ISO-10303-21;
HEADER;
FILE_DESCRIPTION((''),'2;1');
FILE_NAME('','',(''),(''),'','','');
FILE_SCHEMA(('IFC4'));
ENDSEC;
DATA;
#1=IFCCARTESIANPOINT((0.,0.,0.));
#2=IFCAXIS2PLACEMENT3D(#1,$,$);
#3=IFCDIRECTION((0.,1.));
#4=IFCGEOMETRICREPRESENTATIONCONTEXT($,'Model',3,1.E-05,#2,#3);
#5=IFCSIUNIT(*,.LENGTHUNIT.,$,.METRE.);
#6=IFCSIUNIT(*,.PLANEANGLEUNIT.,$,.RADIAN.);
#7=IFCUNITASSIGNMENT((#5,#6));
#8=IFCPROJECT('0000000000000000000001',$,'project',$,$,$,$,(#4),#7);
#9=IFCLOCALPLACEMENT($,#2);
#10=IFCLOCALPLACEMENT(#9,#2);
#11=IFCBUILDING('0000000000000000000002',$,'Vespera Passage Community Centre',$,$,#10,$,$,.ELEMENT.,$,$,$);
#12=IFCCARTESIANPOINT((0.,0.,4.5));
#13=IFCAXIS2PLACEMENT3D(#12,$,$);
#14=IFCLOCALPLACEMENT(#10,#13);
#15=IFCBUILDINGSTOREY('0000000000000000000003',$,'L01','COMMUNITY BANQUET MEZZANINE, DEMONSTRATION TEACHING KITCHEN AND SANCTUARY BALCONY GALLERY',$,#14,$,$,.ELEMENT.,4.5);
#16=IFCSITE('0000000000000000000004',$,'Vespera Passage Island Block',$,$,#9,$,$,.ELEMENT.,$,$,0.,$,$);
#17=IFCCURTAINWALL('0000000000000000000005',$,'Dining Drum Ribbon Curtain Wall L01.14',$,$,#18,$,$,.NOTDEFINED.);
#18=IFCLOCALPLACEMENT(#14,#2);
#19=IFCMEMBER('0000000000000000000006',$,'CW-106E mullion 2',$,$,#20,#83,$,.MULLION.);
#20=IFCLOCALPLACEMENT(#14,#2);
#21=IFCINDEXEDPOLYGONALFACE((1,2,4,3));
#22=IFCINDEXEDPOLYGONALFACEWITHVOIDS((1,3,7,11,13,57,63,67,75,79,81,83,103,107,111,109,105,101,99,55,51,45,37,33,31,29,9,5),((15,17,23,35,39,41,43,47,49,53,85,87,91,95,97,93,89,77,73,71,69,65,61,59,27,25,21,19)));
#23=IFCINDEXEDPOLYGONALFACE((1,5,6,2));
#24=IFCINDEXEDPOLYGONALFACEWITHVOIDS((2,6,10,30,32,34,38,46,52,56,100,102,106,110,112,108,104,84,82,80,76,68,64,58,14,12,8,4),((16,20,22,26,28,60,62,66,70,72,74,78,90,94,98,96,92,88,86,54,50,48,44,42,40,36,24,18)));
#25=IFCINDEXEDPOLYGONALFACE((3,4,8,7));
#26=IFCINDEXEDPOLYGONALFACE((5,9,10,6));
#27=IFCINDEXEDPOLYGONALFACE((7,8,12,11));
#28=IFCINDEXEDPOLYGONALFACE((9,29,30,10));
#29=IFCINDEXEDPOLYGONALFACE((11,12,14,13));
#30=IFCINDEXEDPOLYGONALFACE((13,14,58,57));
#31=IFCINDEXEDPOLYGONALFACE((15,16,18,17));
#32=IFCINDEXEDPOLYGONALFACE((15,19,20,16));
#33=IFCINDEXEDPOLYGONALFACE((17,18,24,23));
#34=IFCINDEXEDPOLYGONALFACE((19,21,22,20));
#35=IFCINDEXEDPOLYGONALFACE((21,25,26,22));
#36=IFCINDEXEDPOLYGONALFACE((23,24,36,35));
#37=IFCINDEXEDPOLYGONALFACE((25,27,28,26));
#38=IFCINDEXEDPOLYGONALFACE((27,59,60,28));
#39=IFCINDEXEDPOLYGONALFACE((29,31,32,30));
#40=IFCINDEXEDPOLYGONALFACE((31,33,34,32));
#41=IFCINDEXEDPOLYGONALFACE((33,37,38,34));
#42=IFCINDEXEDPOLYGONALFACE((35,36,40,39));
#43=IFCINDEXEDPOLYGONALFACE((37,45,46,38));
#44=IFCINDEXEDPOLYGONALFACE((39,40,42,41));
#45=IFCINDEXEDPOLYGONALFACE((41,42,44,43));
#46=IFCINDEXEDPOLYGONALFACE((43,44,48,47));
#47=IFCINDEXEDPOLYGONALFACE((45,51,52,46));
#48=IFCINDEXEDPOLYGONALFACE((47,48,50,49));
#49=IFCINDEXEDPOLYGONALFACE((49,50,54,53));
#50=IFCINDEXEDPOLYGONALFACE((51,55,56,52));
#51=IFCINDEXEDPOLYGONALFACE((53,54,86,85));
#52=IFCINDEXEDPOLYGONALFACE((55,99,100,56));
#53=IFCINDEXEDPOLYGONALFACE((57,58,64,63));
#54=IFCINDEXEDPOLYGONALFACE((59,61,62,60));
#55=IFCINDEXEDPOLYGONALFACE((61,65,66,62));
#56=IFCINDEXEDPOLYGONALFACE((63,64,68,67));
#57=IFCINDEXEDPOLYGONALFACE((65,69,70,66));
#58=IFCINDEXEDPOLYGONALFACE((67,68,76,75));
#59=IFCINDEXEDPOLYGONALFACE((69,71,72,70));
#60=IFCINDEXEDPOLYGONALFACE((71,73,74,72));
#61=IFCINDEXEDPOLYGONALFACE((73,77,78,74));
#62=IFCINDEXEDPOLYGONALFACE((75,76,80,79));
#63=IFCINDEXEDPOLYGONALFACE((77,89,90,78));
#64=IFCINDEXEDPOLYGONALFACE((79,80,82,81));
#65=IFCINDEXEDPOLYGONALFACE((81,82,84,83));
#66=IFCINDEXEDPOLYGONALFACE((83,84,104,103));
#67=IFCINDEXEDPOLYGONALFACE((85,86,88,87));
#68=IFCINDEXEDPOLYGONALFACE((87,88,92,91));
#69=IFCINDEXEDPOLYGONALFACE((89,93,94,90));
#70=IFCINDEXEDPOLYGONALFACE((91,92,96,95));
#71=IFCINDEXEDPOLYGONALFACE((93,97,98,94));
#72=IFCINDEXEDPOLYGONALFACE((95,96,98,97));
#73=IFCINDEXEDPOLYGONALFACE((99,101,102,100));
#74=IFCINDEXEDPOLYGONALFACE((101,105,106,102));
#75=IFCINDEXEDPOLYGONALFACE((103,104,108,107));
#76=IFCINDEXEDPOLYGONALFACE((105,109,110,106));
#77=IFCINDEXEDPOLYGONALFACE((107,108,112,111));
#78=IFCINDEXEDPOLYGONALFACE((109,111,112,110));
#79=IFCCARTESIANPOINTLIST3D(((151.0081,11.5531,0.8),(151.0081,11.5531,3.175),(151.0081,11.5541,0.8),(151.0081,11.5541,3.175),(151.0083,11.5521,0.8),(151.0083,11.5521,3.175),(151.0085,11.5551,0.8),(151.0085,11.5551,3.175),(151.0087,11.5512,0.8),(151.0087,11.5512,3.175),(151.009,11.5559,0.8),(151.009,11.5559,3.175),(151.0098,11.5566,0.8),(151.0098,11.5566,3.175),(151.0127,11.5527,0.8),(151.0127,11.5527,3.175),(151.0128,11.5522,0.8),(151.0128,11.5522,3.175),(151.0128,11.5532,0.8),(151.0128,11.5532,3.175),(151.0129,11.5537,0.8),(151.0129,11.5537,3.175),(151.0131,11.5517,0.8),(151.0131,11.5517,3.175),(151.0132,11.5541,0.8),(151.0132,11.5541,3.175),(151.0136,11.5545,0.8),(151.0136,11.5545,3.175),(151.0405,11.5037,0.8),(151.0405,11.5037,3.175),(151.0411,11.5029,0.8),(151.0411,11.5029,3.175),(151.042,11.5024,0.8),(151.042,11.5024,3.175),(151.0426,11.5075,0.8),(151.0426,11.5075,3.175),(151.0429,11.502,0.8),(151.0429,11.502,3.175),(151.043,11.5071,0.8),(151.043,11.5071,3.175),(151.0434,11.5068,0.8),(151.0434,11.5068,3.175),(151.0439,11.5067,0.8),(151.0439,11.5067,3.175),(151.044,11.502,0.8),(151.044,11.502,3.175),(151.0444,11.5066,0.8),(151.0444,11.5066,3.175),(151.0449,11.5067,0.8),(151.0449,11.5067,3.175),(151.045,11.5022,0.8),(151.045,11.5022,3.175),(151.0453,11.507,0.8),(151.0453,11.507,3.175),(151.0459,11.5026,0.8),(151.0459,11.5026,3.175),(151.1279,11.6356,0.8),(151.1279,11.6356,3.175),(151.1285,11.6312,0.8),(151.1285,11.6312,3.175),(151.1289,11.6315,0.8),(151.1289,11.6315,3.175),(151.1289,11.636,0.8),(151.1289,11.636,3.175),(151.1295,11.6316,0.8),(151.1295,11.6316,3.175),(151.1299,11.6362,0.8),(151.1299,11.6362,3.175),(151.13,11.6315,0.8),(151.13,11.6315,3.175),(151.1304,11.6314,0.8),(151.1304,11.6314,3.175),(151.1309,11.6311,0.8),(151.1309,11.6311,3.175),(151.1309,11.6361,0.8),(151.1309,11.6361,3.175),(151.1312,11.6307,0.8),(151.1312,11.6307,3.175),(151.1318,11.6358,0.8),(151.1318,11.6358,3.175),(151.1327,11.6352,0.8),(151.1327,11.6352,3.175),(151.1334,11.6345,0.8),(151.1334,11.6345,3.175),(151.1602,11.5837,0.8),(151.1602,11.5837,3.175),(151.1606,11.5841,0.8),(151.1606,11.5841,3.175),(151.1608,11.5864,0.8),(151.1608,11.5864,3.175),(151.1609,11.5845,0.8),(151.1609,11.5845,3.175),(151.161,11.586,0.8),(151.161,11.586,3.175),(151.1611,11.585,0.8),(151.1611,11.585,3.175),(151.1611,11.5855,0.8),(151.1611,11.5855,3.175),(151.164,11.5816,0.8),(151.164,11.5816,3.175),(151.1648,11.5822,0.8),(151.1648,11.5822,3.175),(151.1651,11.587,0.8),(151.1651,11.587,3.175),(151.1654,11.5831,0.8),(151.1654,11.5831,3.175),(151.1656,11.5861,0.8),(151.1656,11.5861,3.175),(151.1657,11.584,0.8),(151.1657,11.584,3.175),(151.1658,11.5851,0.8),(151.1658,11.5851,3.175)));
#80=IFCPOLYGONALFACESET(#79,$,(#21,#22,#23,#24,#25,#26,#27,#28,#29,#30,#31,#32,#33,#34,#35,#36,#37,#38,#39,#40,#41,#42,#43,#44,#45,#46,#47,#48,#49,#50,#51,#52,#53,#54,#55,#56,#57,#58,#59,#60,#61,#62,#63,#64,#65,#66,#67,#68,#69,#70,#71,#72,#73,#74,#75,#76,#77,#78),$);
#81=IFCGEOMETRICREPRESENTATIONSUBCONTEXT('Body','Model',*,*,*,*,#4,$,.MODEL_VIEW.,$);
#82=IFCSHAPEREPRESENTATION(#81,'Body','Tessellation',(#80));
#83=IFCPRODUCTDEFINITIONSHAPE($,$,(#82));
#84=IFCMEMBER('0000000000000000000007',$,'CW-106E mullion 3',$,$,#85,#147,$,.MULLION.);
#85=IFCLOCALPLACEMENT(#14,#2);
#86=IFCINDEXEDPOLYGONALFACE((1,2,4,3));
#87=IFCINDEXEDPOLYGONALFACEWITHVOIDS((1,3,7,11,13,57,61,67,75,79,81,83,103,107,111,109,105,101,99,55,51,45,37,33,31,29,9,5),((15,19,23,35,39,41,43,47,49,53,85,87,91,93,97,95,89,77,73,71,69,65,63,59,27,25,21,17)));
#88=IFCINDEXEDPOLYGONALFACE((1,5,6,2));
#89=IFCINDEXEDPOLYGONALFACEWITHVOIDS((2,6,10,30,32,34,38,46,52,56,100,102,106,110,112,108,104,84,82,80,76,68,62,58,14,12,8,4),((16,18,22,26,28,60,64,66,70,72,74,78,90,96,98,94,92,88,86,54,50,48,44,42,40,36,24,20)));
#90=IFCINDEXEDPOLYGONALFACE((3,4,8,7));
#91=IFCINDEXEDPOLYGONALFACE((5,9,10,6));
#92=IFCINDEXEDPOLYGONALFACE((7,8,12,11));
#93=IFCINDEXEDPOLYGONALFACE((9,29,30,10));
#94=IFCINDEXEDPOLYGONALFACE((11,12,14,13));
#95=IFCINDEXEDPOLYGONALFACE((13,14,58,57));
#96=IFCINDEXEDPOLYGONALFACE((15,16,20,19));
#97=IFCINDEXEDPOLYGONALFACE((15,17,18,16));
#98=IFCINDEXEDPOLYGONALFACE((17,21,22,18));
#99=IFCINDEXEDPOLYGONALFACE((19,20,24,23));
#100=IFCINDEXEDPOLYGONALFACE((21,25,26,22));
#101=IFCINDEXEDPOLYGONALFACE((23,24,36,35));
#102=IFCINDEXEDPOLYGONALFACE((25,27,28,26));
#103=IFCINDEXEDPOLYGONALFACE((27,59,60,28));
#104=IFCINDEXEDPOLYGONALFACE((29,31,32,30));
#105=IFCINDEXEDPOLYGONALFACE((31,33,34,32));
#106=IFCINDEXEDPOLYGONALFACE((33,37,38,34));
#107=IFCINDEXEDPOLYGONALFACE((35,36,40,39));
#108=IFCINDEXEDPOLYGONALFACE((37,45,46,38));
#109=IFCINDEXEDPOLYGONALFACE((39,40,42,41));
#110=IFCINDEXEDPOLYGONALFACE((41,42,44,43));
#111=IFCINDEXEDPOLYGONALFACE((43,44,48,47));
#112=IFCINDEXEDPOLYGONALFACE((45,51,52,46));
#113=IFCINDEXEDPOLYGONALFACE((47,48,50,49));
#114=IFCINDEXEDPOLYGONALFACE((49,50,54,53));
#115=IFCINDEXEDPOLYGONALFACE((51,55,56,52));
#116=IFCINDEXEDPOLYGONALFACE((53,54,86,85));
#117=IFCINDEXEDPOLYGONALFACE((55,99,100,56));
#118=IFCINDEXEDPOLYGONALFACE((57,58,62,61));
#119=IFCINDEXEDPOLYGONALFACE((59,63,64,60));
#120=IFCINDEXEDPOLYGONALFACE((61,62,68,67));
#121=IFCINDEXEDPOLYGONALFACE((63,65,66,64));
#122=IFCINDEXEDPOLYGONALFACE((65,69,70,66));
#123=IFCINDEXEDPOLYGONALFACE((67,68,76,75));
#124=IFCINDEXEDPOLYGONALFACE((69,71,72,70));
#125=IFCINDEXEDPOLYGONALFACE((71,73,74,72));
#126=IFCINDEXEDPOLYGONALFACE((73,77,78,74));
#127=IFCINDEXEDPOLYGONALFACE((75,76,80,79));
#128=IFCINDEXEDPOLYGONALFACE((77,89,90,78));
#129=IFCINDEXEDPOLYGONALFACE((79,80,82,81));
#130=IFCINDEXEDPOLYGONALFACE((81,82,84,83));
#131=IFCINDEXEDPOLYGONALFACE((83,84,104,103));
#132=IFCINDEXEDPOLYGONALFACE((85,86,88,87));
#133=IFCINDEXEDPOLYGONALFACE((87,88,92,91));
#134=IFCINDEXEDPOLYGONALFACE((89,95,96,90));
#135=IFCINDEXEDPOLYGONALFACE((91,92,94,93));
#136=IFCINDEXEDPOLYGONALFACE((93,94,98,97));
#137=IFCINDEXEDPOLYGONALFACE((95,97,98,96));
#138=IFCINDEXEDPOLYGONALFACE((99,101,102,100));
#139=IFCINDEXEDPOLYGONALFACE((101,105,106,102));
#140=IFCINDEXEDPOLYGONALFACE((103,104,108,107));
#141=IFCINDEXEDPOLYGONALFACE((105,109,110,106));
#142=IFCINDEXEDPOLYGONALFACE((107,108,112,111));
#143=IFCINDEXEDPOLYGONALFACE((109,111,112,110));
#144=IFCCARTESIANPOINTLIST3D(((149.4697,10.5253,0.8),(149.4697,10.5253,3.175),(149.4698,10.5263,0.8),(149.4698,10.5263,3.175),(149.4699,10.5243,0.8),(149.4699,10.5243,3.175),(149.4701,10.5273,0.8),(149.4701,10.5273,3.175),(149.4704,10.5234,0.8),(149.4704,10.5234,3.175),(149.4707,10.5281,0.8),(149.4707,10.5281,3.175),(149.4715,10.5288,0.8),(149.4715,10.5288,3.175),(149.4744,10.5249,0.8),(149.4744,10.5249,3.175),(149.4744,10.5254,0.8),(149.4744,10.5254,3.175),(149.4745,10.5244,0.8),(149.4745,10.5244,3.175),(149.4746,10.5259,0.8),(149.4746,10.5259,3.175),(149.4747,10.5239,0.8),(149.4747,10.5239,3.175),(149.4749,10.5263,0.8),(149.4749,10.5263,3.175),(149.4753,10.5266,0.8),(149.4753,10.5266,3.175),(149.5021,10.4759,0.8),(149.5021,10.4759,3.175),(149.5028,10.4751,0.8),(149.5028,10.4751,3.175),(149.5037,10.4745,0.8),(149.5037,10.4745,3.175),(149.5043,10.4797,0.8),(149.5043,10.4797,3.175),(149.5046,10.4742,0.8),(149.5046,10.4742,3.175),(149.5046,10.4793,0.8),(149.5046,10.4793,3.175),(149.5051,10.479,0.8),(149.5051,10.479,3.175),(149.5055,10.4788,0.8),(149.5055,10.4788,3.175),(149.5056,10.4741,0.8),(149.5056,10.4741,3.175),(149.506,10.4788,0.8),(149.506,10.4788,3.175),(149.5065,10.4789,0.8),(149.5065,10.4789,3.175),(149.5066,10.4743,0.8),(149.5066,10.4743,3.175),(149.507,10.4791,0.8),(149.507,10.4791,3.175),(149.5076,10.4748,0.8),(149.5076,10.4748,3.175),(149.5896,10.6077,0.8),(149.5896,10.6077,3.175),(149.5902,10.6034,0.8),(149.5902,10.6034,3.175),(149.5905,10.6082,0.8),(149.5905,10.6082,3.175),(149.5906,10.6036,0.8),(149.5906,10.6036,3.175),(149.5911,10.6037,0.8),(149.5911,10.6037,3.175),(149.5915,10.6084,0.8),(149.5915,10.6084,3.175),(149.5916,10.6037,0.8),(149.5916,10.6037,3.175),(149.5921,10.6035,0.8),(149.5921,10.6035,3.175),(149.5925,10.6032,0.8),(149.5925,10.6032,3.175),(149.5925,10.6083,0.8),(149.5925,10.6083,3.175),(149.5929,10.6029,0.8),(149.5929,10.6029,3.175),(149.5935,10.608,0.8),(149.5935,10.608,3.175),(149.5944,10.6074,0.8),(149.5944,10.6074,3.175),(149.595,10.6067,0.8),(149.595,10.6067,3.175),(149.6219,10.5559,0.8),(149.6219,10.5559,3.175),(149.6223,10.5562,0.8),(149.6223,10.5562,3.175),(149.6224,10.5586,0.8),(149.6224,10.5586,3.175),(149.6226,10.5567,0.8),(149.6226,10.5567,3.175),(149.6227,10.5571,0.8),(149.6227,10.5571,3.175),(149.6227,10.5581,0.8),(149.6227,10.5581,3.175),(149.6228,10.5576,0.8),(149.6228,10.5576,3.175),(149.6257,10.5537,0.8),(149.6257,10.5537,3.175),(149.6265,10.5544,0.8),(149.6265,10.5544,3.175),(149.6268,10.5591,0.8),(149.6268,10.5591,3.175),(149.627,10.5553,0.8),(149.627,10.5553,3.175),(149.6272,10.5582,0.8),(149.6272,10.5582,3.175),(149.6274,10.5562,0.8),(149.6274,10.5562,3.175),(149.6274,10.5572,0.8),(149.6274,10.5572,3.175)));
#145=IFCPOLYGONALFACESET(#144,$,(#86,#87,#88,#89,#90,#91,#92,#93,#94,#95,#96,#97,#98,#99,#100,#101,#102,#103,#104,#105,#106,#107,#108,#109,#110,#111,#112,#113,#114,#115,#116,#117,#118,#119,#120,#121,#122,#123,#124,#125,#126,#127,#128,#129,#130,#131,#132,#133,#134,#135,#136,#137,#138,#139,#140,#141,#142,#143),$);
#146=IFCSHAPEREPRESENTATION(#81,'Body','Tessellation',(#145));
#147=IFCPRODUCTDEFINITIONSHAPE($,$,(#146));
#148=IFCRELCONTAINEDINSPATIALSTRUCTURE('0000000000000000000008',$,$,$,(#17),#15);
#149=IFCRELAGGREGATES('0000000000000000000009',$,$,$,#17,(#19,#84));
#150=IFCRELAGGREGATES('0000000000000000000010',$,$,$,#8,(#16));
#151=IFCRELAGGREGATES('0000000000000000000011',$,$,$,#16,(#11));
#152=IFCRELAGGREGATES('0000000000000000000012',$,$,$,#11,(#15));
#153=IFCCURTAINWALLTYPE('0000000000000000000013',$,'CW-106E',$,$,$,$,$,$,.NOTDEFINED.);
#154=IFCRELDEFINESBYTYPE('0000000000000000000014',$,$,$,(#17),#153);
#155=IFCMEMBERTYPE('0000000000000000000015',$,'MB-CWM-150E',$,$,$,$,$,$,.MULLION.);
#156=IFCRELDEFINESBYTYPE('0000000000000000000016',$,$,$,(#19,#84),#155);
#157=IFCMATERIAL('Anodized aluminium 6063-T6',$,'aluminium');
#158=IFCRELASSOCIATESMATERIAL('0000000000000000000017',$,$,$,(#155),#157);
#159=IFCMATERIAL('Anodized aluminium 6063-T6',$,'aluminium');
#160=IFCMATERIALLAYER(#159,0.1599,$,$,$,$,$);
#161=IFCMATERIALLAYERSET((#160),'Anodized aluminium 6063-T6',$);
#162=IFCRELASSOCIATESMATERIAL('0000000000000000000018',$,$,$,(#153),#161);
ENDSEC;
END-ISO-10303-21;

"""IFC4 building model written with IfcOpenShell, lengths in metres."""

from ifc_helpers import new_model, si_unit, direction, frame, origin, origin_2d, place, context, subcontext, project, spatial, hollow_rectangle, extrude, material, layer, layer_set, material_profile, profile_set, type_object, element, aggregate, save


model = new_model("IFC4")

# Units and contexts
model_context = context("Model", 3, precision=1e-05, world=origin(), true_north=direction((0.0, 1.0)))
body_context = subcontext(model_context, "Body", "Model", "MODEL_VIEW")
ifc_project = project(units=[si_unit("LENGTHUNIT", "METRE"), si_unit("PLANEANGLEUNIT", "RADIAN")], contexts=[model_context])

# Site, building, storey
site_placement = place(None, origin())
site = spatial("IfcSite", under=ifc_project, at=site_placement, Name="Vespera Passage Island Block", CompositionType="ELEMENT", RefElevation=0.0)
building_placement = place(site_placement, origin())
building = spatial("IfcBuilding", under=site, at=building_placement, Name="Vespera Passage Community Centre", CompositionType="ELEMENT")
storey_placement = place(building_placement, frame((0.0, 0.0, 4.5)))
storey = spatial("IfcBuildingStorey", under=building, at=storey_placement, Name="L01", Description="COMMUNITY BANQUET MEZZANINE, DEMONSTRATION TEACHING KITCHEN AND SANCTUARY BALCONY GALLERY", CompositionType="ELEMENT", Elevation=4.5)

# Shared definitions
ifc_material_1 = material(Name="Anodized aluminium 6063-T6", Category="aluminium")
ifc_material_profile_1 = material_profile(ifc_material_1, hollow_rectangle(XDim=0.0649, YDim=0.1499, WallThickness=0.0039, InnerFilletRadius=0.002, OuterFilletRadius=0.0039, at=origin_2d()), Name="ALU150X65X4")
ifc_profile_set_1 = profile_set([ifc_material_profile_1], Name="Anodized aluminium 6063-T6")
member_type_1 = type_object("IfcMemberType", Name="MB-CWM-150E", PredefinedType="MULLION", material=ifc_profile_set_1)

# Curtain wall, members
ifc_material_2 = material(Name="Anodized aluminium 6063-T6", Category="aluminium")
ifc_layer_1 = layer(ifc_material_2, 0.1599)
ifc_layer_set_1 = layer_set([ifc_layer_1], Name="Anodized aluminium 6063-T6")
curtain_wall_type_1 = type_object("IfcCurtainWallType", Name="CW-106E", PredefinedType="NOTDEFINED", material=ifc_layer_set_1)
curtain_wall_1_placement = place(storey_placement, origin())
curtain_wall_1 = element("IfcCurtainWall", 1, at=curtain_wall_1_placement, inside=storey, type_object=curtain_wall_type_1, Name="Dining Drum Ribbon Curtain Wall L01.14", PredefinedType="NOTDEFINED")
member_1_placement = place(storey_placement, frame((151.0869, 11.5691, 0.8), z_axis=(0.0, 0.0, 1.0), x_axis=(0.555565, -0.831473, 0.0)))
member_1 = element("IfcMember", 2, at=member_1_placement, type_object=member_type_1, Name="CW-106E mullion 2", PredefinedType="MULLION", context=body_context, shape_type="SweptSolid", body=[
    extrude(hollow_rectangle(XDim=0.0649, YDim=0.1499, WallThickness=0.0039, InnerFilletRadius=0.002, OuterFilletRadius=0.0039, at=origin_2d()), origin(), (0.0, 0.0, 1.0), 2.375),
])
member_2_placement = place(storey_placement, frame((149.5486, 10.5413, 0.8), z_axis=(0.0, 0.0, 1.0), x_axis=(0.555565, -0.831473, 0.0)))
member_2 = element("IfcMember", 3, at=member_2_placement, type_object=member_type_1, Name="CW-106E mullion 3", PredefinedType="MULLION", context=body_context, shape_type="SweptSolid", body=[
    extrude(hollow_rectangle(XDim=0.0649, YDim=0.1499, WallThickness=0.0039, InnerFilletRadius=0.002, OuterFilletRadius=0.0039, at=origin_2d()), origin(), (0.0, 0.0, 1.0), 2.375),
])

aggregate(curtain_wall_1, [member_1, member_2])

save(model, "model.ifc")
